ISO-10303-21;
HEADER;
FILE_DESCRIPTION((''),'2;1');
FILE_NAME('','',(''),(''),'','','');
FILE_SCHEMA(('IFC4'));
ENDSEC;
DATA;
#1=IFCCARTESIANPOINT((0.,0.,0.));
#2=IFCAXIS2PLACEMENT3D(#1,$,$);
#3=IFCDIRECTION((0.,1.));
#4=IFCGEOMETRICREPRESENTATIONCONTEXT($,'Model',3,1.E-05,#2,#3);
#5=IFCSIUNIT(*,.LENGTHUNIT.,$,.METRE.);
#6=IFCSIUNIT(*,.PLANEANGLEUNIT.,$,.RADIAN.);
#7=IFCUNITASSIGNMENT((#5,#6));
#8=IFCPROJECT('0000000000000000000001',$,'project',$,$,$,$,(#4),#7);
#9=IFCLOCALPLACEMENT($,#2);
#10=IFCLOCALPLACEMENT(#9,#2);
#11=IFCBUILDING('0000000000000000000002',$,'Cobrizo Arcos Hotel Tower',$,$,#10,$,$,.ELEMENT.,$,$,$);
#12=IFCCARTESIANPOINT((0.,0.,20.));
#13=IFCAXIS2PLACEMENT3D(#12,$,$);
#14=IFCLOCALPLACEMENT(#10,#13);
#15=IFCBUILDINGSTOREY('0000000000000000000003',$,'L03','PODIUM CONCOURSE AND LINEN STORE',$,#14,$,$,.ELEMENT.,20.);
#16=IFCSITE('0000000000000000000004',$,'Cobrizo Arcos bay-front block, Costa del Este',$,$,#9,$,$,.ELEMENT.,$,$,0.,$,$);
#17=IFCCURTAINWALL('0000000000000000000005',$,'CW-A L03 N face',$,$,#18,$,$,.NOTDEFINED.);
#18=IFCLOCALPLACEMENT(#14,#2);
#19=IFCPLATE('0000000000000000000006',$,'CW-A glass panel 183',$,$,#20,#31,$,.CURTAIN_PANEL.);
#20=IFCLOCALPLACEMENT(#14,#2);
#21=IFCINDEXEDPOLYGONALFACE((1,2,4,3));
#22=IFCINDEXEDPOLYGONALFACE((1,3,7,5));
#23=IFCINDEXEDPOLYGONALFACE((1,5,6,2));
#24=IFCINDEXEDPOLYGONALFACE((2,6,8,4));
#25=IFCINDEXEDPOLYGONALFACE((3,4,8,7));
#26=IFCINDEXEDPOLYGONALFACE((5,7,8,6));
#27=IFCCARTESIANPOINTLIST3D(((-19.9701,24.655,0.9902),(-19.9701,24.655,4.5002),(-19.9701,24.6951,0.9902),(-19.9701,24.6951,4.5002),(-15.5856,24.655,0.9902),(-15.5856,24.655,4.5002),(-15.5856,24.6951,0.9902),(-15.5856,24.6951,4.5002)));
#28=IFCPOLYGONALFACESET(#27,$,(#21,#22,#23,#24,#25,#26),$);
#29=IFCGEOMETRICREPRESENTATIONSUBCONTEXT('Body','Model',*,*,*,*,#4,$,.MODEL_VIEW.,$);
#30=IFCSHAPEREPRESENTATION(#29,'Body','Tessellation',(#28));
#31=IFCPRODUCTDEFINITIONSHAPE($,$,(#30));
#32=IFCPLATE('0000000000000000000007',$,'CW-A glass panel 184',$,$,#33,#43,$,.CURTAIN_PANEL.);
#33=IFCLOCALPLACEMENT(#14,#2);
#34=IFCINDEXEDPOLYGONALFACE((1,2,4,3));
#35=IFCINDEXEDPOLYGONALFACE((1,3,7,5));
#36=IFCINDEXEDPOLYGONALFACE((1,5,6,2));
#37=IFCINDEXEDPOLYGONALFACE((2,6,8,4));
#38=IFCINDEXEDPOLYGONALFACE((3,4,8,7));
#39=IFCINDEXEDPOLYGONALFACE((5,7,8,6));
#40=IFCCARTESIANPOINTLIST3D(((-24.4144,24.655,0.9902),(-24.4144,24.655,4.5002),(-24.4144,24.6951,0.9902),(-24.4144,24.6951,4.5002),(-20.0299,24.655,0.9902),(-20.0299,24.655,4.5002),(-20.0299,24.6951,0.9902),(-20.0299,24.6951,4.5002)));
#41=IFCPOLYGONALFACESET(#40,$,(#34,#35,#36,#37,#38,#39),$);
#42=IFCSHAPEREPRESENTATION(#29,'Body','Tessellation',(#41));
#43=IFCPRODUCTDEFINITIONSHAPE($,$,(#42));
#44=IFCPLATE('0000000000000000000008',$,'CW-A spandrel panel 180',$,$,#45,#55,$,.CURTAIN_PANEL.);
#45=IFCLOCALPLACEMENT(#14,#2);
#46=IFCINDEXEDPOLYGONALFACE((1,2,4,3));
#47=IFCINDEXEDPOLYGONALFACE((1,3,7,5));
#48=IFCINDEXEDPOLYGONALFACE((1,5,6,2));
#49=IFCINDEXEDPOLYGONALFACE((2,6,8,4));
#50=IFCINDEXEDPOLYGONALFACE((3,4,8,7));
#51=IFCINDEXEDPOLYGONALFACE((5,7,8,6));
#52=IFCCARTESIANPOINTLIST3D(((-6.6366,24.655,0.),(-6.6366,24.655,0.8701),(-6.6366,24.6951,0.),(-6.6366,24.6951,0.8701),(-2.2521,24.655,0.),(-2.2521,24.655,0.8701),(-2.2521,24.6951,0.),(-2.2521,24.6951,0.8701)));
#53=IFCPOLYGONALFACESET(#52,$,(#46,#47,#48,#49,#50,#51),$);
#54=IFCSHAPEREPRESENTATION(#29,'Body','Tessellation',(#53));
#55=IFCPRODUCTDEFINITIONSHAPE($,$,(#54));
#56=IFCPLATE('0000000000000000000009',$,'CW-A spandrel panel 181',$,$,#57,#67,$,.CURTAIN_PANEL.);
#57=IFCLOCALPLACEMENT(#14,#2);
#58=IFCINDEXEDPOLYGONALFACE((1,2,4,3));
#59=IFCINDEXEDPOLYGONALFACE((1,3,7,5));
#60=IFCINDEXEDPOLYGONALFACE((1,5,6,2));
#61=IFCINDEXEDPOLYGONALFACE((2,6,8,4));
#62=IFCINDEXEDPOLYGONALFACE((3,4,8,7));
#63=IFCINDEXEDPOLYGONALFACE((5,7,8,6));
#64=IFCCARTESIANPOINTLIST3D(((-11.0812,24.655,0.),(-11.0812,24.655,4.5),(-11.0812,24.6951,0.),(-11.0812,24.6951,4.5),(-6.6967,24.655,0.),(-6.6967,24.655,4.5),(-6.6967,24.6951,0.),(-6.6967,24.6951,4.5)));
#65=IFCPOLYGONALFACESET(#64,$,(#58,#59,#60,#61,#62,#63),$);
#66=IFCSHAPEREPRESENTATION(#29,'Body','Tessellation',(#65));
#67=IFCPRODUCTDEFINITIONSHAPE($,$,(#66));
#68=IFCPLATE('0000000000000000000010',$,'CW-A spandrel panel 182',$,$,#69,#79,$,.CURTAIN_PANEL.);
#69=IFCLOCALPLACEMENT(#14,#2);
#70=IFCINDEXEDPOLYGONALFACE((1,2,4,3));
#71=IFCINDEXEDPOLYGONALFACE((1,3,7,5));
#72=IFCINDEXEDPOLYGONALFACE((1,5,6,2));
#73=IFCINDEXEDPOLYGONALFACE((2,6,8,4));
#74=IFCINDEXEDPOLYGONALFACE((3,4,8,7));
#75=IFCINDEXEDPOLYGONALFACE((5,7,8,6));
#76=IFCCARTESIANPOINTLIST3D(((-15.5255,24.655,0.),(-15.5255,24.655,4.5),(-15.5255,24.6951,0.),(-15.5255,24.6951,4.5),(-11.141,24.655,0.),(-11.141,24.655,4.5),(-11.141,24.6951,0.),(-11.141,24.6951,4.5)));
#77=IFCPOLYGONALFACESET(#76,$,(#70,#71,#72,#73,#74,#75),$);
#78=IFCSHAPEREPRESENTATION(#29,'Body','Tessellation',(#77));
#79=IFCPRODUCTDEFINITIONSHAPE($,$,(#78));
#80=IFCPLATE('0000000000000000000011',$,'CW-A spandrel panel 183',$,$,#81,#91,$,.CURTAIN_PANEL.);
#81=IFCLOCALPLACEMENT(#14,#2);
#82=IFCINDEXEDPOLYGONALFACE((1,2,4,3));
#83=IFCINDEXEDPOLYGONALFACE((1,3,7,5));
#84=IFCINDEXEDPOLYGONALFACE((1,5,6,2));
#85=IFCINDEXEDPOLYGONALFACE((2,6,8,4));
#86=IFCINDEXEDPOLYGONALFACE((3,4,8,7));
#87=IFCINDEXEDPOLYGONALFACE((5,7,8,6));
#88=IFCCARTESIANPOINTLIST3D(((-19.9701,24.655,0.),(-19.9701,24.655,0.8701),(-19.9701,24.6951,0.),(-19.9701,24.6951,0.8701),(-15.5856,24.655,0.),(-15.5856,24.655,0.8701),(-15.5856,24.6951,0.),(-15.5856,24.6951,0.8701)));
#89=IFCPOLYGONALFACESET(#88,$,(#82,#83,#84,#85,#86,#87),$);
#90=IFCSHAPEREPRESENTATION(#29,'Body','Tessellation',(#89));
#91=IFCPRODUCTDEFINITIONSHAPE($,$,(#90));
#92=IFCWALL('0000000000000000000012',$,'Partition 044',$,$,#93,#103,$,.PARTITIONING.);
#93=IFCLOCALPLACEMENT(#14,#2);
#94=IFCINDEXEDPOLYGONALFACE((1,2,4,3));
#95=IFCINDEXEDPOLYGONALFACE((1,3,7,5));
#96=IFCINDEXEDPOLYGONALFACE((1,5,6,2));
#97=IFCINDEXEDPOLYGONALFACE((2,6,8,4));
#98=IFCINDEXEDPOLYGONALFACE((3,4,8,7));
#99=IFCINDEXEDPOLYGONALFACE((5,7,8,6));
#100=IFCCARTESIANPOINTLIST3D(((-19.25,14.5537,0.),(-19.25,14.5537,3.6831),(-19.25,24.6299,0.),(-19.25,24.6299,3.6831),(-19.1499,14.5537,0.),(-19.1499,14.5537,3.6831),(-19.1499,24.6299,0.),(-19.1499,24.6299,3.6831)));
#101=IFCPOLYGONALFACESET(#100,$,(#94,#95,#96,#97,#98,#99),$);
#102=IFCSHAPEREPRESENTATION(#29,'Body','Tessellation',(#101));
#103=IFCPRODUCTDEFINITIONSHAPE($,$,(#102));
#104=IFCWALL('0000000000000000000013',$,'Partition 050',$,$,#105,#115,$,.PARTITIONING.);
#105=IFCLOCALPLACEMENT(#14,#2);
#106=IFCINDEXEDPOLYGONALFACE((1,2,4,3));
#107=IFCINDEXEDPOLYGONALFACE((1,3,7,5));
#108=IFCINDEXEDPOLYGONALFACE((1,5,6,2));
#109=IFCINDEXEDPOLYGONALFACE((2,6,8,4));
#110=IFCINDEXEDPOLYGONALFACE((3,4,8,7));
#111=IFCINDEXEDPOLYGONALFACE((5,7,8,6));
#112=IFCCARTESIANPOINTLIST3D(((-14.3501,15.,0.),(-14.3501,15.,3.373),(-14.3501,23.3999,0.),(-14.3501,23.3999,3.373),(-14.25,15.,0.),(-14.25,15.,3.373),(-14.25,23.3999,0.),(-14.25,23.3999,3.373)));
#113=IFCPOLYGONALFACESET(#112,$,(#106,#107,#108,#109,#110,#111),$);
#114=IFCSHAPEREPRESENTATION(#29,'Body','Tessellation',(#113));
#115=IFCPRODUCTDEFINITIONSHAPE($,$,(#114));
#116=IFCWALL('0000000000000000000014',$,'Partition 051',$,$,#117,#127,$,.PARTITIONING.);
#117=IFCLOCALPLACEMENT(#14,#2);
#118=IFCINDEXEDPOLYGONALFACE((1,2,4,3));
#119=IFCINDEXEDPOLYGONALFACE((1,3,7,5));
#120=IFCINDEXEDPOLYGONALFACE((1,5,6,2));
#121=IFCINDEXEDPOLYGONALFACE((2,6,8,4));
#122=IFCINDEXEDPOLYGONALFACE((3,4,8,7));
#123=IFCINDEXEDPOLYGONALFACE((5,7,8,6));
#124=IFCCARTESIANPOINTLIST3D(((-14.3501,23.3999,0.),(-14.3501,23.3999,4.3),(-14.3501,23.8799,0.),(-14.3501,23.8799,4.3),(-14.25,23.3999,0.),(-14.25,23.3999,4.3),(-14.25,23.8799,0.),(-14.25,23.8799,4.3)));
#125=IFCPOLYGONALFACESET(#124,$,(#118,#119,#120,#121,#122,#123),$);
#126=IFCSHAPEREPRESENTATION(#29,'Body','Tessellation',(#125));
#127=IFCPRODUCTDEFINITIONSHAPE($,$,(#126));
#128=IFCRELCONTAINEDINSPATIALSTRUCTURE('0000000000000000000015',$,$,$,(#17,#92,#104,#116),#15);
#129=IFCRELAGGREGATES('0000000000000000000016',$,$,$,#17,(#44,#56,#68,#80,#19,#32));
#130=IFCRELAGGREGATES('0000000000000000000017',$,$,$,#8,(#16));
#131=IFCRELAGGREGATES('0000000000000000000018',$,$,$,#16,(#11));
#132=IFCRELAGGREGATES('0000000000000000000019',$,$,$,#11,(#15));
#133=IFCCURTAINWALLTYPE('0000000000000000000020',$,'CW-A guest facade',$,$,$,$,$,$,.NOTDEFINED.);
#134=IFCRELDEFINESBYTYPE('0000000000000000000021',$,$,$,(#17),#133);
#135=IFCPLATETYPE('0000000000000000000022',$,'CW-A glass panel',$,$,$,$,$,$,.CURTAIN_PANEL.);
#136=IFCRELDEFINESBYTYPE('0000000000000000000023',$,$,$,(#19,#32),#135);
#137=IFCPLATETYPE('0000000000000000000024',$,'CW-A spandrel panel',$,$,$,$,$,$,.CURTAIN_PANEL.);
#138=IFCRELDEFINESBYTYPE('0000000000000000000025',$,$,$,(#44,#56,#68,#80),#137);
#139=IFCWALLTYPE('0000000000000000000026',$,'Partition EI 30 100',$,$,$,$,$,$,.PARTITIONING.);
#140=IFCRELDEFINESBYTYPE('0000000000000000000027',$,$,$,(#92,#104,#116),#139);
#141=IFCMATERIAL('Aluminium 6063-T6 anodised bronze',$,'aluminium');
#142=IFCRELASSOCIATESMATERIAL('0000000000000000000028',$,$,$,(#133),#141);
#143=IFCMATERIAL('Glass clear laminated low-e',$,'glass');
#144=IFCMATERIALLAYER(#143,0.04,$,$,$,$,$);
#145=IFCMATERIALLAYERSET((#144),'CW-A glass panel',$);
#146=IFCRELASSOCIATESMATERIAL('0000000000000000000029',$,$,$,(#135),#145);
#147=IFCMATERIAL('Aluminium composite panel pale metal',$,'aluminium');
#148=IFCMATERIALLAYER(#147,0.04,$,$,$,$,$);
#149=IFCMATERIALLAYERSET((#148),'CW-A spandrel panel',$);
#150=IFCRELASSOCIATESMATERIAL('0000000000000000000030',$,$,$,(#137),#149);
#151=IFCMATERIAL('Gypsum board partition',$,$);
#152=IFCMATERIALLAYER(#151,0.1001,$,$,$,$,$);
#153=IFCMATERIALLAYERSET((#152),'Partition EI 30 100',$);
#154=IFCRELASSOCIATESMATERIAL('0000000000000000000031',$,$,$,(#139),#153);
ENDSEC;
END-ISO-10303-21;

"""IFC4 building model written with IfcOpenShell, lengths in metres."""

from ifc_helpers import new_model, si_unit, direction, frame, frame_2d, origin, origin_2d, place, context, subcontext, project, spatial, rectangle, extrude, material, layer, layer_set, type_object, element, aggregate, save


model = new_model("IFC4")

# Units and contexts
model_context = context("Model", 3, precision=1e-05, world=origin(), true_north=direction((0.0, 1.0)))
body_context = subcontext(model_context, "Body", "Model", "MODEL_VIEW")
ifc_project = project(units=[si_unit("LENGTHUNIT", "METRE"), si_unit("PLANEANGLEUNIT", "RADIAN")], contexts=[model_context])

# Site, building, storey
site_placement = place(None, origin())
site = spatial("IfcSite", under=ifc_project, at=site_placement, Name="Cobrizo Arcos bay-front block, Costa del Este", CompositionType="ELEMENT", RefElevation=0.0)
building_placement = place(site_placement, origin())
building = spatial("IfcBuilding", under=site, at=building_placement, Name="Cobrizo Arcos Hotel Tower", CompositionType="ELEMENT")
storey_placement = place(building_placement, frame((0.0, 0.0, 20.0)))
storey = spatial("IfcBuildingStorey", under=building, at=storey_placement, Name="L03", Description="PODIUM CONCOURSE AND LINEN STORE", CompositionType="ELEMENT", Elevation=20.0)

# Curtain wall
ifc_material_1 = material(Name="Aluminium 6063-T6 anodised bronze", Category="aluminium")
curtain_wall_type = type_object("IfcCurtainWallType", Name="CW-A guest facade", PredefinedType="NOTDEFINED", material=ifc_material_1)
curtain_wall_placement = place(storey_placement, origin())
curtain_wall = element("IfcCurtainWall", 1, at=curtain_wall_placement, inside=storey, type_object=curtain_wall_type, Name="CW-A L03 N face", PredefinedType="NOTDEFINED")

# Plates
ifc_material_2 = material(Name="Glass clear laminated low-e", Category="glass")
ifc_layer_1 = layer(ifc_material_2, 0.04)
ifc_layer_set_1 = layer_set([ifc_layer_1], Name="CW-A glass panel")
plate_type_1 = type_object("IfcPlateType", Name="CW-A glass panel", PredefinedType="CURTAIN_PANEL", material=ifc_layer_set_1)
plate_1_placement = place(storey_placement, frame((-17.7778, 24.675, 0.9902), z_axis=(0.0, 0.0, 1.0), x_axis=(-1.0, 0.0, 0.0)))
plate_1 = element("IfcPlate", 2, at=plate_1_placement, type_object=plate_type_1, Name="CW-A glass panel 183", PredefinedType="CURTAIN_PANEL", context=body_context, shape_type="SweptSolid", body=[
    extrude(rectangle(XDim=4.3845, YDim=0.04, at=origin_2d()), origin(), (0.0, 0.0, 1.0), 3.51),
])
plate_2_placement = place(storey_placement, frame((-22.2222, 24.675, 0.9902), z_axis=(0.0, 0.0, 1.0), x_axis=(-1.0, 0.0, 0.0)))
plate_2 = element("IfcPlate", 3, at=plate_2_placement, type_object=plate_type_1, Name="CW-A glass panel 184", PredefinedType="CURTAIN_PANEL", context=body_context, shape_type="SweptSolid", body=[
    extrude(rectangle(XDim=4.3845, YDim=0.04, at=origin_2d()), origin(), (0.0, 0.0, 1.0), 3.51),
])
ifc_material_3 = material(Name="Aluminium composite panel pale metal", Category="aluminium")
ifc_layer_2 = layer(ifc_material_3, 0.04)
ifc_layer_set_2 = layer_set([ifc_layer_2], Name="CW-A spandrel panel")
plate_type_2 = type_object("IfcPlateType", Name="CW-A spandrel panel", PredefinedType="CURTAIN_PANEL", material=ifc_layer_set_2)
plate_3_placement = place(storey_placement, frame((-4.4443, 24.675, 0.0), z_axis=(0.0, 0.0, 1.0), x_axis=(-1.0, 0.0, 0.0)))
plate_3 = element("IfcPlate", 4, at=plate_3_placement, type_object=plate_type_2, Name="CW-A spandrel panel 180", PredefinedType="CURTAIN_PANEL", context=body_context, shape_type="SweptSolid", body=[
    extrude(rectangle(XDim=4.3845, YDim=0.04, at=origin_2d()), origin(), (0.0, 0.0, 1.0), 0.8701),
])
plate_4_placement = place(storey_placement, frame((-8.8889, 24.675, 0.0), z_axis=(0.0, 0.0, 1.0), x_axis=(-1.0, 0.0, 0.0)))
plate_4 = element("IfcPlate", 5, at=plate_4_placement, type_object=plate_type_2, Name="CW-A spandrel panel 181", PredefinedType="CURTAIN_PANEL", context=body_context, shape_type="SweptSolid", body=[
    extrude(rectangle(XDim=4.3845, YDim=0.04, at=origin_2d()), origin(), (0.0, 0.0, 1.0), 4.5),
])
plate_5_placement = place(storey_placement, frame((-13.3333, 24.675, 0.0), z_axis=(0.0, 0.0, 1.0), x_axis=(-1.0, 0.0, 0.0)))
plate_5 = element("IfcPlate", 6, at=plate_5_placement, type_object=plate_type_2, Name="CW-A spandrel panel 182", PredefinedType="CURTAIN_PANEL", context=body_context, shape_type="SweptSolid", body=[
    extrude(rectangle(XDim=4.3845, YDim=0.04, at=origin_2d()), origin(), (0.0, 0.0, 1.0), 4.5),
])
plate_6_placement = place(storey_placement, frame((-17.7778, 24.675, 0.0), z_axis=(0.0, 0.0, 1.0), x_axis=(-1.0, 0.0, 0.0)))
plate_6 = element("IfcPlate", 7, at=plate_6_placement, type_object=plate_type_2, Name="CW-A spandrel panel 183", PredefinedType="CURTAIN_PANEL", context=body_context, shape_type="SweptSolid", body=[
    extrude(rectangle(XDim=4.3845, YDim=0.04, at=origin_2d()), origin(), (0.0, 0.0, 1.0), 0.8701),
])
aggregate(curtain_wall, [plate_3, plate_4, plate_5, plate_6, plate_1, plate_2])

# Walls
ifc_material_4 = material(Name="Gypsum board partition")
ifc_layer_3 = layer(ifc_material_4, 0.1001)
ifc_layer_set_3 = layer_set([ifc_layer_3], Name="Partition EI 30 100")
wall_type = type_object("IfcWallType", Name="Partition EI 30 100", PredefinedType="PARTITIONING", material=ifc_layer_set_3)
wall_1_placement = place(storey_placement, frame((-19.2, 14.5537, 0.0), z_axis=(0.0, 0.0, 1.0), x_axis=(0.0, 1.0, 0.0)))
element("IfcWall", 8, at=wall_1_placement, inside=storey, type_object=wall_type, Name="Partition 044", PredefinedType="PARTITIONING", context=body_context, shape_type="SweptSolid", body=[
    extrude(rectangle(XDim=10.0762, YDim=0.1001, at=frame_2d((5.0381, 0.0))), origin(), (0.0, 0.0, 1.0), 3.6831),
])
wall_2_placement = place(storey_placement, frame((-14.3, 15.0, 0.0), z_axis=(0.0, 0.0, 1.0), x_axis=(0.0, 1.0, 0.0)))
element("IfcWall", 9, at=wall_2_placement, inside=storey, type_object=wall_type, Name="Partition 050", PredefinedType="PARTITIONING", context=body_context, shape_type="SweptSolid", body=[
    extrude(rectangle(XDim=8.3999, YDim=0.1001, at=frame_2d((4.2, 0.0))), origin(), (0.0, 0.0, 1.0), 3.373),
])
wall_3_placement = place(storey_placement, frame((-14.3, 23.3999, 0.0), z_axis=(0.0, 0.0, 1.0), x_axis=(0.0, 1.0, 0.0)))
element("IfcWall", 10, at=wall_3_placement, inside=storey, type_object=wall_type, Name="Partition 051", PredefinedType="PARTITIONING", context=body_context, shape_type="SweptSolid", body=[
    extrude(rectangle(XDim=0.48, YDim=0.1001, at=frame_2d((0.24, 0.0))), origin(), (0.0, 0.0, 1.0), 4.3),
])

save(model, "model.ifc")
